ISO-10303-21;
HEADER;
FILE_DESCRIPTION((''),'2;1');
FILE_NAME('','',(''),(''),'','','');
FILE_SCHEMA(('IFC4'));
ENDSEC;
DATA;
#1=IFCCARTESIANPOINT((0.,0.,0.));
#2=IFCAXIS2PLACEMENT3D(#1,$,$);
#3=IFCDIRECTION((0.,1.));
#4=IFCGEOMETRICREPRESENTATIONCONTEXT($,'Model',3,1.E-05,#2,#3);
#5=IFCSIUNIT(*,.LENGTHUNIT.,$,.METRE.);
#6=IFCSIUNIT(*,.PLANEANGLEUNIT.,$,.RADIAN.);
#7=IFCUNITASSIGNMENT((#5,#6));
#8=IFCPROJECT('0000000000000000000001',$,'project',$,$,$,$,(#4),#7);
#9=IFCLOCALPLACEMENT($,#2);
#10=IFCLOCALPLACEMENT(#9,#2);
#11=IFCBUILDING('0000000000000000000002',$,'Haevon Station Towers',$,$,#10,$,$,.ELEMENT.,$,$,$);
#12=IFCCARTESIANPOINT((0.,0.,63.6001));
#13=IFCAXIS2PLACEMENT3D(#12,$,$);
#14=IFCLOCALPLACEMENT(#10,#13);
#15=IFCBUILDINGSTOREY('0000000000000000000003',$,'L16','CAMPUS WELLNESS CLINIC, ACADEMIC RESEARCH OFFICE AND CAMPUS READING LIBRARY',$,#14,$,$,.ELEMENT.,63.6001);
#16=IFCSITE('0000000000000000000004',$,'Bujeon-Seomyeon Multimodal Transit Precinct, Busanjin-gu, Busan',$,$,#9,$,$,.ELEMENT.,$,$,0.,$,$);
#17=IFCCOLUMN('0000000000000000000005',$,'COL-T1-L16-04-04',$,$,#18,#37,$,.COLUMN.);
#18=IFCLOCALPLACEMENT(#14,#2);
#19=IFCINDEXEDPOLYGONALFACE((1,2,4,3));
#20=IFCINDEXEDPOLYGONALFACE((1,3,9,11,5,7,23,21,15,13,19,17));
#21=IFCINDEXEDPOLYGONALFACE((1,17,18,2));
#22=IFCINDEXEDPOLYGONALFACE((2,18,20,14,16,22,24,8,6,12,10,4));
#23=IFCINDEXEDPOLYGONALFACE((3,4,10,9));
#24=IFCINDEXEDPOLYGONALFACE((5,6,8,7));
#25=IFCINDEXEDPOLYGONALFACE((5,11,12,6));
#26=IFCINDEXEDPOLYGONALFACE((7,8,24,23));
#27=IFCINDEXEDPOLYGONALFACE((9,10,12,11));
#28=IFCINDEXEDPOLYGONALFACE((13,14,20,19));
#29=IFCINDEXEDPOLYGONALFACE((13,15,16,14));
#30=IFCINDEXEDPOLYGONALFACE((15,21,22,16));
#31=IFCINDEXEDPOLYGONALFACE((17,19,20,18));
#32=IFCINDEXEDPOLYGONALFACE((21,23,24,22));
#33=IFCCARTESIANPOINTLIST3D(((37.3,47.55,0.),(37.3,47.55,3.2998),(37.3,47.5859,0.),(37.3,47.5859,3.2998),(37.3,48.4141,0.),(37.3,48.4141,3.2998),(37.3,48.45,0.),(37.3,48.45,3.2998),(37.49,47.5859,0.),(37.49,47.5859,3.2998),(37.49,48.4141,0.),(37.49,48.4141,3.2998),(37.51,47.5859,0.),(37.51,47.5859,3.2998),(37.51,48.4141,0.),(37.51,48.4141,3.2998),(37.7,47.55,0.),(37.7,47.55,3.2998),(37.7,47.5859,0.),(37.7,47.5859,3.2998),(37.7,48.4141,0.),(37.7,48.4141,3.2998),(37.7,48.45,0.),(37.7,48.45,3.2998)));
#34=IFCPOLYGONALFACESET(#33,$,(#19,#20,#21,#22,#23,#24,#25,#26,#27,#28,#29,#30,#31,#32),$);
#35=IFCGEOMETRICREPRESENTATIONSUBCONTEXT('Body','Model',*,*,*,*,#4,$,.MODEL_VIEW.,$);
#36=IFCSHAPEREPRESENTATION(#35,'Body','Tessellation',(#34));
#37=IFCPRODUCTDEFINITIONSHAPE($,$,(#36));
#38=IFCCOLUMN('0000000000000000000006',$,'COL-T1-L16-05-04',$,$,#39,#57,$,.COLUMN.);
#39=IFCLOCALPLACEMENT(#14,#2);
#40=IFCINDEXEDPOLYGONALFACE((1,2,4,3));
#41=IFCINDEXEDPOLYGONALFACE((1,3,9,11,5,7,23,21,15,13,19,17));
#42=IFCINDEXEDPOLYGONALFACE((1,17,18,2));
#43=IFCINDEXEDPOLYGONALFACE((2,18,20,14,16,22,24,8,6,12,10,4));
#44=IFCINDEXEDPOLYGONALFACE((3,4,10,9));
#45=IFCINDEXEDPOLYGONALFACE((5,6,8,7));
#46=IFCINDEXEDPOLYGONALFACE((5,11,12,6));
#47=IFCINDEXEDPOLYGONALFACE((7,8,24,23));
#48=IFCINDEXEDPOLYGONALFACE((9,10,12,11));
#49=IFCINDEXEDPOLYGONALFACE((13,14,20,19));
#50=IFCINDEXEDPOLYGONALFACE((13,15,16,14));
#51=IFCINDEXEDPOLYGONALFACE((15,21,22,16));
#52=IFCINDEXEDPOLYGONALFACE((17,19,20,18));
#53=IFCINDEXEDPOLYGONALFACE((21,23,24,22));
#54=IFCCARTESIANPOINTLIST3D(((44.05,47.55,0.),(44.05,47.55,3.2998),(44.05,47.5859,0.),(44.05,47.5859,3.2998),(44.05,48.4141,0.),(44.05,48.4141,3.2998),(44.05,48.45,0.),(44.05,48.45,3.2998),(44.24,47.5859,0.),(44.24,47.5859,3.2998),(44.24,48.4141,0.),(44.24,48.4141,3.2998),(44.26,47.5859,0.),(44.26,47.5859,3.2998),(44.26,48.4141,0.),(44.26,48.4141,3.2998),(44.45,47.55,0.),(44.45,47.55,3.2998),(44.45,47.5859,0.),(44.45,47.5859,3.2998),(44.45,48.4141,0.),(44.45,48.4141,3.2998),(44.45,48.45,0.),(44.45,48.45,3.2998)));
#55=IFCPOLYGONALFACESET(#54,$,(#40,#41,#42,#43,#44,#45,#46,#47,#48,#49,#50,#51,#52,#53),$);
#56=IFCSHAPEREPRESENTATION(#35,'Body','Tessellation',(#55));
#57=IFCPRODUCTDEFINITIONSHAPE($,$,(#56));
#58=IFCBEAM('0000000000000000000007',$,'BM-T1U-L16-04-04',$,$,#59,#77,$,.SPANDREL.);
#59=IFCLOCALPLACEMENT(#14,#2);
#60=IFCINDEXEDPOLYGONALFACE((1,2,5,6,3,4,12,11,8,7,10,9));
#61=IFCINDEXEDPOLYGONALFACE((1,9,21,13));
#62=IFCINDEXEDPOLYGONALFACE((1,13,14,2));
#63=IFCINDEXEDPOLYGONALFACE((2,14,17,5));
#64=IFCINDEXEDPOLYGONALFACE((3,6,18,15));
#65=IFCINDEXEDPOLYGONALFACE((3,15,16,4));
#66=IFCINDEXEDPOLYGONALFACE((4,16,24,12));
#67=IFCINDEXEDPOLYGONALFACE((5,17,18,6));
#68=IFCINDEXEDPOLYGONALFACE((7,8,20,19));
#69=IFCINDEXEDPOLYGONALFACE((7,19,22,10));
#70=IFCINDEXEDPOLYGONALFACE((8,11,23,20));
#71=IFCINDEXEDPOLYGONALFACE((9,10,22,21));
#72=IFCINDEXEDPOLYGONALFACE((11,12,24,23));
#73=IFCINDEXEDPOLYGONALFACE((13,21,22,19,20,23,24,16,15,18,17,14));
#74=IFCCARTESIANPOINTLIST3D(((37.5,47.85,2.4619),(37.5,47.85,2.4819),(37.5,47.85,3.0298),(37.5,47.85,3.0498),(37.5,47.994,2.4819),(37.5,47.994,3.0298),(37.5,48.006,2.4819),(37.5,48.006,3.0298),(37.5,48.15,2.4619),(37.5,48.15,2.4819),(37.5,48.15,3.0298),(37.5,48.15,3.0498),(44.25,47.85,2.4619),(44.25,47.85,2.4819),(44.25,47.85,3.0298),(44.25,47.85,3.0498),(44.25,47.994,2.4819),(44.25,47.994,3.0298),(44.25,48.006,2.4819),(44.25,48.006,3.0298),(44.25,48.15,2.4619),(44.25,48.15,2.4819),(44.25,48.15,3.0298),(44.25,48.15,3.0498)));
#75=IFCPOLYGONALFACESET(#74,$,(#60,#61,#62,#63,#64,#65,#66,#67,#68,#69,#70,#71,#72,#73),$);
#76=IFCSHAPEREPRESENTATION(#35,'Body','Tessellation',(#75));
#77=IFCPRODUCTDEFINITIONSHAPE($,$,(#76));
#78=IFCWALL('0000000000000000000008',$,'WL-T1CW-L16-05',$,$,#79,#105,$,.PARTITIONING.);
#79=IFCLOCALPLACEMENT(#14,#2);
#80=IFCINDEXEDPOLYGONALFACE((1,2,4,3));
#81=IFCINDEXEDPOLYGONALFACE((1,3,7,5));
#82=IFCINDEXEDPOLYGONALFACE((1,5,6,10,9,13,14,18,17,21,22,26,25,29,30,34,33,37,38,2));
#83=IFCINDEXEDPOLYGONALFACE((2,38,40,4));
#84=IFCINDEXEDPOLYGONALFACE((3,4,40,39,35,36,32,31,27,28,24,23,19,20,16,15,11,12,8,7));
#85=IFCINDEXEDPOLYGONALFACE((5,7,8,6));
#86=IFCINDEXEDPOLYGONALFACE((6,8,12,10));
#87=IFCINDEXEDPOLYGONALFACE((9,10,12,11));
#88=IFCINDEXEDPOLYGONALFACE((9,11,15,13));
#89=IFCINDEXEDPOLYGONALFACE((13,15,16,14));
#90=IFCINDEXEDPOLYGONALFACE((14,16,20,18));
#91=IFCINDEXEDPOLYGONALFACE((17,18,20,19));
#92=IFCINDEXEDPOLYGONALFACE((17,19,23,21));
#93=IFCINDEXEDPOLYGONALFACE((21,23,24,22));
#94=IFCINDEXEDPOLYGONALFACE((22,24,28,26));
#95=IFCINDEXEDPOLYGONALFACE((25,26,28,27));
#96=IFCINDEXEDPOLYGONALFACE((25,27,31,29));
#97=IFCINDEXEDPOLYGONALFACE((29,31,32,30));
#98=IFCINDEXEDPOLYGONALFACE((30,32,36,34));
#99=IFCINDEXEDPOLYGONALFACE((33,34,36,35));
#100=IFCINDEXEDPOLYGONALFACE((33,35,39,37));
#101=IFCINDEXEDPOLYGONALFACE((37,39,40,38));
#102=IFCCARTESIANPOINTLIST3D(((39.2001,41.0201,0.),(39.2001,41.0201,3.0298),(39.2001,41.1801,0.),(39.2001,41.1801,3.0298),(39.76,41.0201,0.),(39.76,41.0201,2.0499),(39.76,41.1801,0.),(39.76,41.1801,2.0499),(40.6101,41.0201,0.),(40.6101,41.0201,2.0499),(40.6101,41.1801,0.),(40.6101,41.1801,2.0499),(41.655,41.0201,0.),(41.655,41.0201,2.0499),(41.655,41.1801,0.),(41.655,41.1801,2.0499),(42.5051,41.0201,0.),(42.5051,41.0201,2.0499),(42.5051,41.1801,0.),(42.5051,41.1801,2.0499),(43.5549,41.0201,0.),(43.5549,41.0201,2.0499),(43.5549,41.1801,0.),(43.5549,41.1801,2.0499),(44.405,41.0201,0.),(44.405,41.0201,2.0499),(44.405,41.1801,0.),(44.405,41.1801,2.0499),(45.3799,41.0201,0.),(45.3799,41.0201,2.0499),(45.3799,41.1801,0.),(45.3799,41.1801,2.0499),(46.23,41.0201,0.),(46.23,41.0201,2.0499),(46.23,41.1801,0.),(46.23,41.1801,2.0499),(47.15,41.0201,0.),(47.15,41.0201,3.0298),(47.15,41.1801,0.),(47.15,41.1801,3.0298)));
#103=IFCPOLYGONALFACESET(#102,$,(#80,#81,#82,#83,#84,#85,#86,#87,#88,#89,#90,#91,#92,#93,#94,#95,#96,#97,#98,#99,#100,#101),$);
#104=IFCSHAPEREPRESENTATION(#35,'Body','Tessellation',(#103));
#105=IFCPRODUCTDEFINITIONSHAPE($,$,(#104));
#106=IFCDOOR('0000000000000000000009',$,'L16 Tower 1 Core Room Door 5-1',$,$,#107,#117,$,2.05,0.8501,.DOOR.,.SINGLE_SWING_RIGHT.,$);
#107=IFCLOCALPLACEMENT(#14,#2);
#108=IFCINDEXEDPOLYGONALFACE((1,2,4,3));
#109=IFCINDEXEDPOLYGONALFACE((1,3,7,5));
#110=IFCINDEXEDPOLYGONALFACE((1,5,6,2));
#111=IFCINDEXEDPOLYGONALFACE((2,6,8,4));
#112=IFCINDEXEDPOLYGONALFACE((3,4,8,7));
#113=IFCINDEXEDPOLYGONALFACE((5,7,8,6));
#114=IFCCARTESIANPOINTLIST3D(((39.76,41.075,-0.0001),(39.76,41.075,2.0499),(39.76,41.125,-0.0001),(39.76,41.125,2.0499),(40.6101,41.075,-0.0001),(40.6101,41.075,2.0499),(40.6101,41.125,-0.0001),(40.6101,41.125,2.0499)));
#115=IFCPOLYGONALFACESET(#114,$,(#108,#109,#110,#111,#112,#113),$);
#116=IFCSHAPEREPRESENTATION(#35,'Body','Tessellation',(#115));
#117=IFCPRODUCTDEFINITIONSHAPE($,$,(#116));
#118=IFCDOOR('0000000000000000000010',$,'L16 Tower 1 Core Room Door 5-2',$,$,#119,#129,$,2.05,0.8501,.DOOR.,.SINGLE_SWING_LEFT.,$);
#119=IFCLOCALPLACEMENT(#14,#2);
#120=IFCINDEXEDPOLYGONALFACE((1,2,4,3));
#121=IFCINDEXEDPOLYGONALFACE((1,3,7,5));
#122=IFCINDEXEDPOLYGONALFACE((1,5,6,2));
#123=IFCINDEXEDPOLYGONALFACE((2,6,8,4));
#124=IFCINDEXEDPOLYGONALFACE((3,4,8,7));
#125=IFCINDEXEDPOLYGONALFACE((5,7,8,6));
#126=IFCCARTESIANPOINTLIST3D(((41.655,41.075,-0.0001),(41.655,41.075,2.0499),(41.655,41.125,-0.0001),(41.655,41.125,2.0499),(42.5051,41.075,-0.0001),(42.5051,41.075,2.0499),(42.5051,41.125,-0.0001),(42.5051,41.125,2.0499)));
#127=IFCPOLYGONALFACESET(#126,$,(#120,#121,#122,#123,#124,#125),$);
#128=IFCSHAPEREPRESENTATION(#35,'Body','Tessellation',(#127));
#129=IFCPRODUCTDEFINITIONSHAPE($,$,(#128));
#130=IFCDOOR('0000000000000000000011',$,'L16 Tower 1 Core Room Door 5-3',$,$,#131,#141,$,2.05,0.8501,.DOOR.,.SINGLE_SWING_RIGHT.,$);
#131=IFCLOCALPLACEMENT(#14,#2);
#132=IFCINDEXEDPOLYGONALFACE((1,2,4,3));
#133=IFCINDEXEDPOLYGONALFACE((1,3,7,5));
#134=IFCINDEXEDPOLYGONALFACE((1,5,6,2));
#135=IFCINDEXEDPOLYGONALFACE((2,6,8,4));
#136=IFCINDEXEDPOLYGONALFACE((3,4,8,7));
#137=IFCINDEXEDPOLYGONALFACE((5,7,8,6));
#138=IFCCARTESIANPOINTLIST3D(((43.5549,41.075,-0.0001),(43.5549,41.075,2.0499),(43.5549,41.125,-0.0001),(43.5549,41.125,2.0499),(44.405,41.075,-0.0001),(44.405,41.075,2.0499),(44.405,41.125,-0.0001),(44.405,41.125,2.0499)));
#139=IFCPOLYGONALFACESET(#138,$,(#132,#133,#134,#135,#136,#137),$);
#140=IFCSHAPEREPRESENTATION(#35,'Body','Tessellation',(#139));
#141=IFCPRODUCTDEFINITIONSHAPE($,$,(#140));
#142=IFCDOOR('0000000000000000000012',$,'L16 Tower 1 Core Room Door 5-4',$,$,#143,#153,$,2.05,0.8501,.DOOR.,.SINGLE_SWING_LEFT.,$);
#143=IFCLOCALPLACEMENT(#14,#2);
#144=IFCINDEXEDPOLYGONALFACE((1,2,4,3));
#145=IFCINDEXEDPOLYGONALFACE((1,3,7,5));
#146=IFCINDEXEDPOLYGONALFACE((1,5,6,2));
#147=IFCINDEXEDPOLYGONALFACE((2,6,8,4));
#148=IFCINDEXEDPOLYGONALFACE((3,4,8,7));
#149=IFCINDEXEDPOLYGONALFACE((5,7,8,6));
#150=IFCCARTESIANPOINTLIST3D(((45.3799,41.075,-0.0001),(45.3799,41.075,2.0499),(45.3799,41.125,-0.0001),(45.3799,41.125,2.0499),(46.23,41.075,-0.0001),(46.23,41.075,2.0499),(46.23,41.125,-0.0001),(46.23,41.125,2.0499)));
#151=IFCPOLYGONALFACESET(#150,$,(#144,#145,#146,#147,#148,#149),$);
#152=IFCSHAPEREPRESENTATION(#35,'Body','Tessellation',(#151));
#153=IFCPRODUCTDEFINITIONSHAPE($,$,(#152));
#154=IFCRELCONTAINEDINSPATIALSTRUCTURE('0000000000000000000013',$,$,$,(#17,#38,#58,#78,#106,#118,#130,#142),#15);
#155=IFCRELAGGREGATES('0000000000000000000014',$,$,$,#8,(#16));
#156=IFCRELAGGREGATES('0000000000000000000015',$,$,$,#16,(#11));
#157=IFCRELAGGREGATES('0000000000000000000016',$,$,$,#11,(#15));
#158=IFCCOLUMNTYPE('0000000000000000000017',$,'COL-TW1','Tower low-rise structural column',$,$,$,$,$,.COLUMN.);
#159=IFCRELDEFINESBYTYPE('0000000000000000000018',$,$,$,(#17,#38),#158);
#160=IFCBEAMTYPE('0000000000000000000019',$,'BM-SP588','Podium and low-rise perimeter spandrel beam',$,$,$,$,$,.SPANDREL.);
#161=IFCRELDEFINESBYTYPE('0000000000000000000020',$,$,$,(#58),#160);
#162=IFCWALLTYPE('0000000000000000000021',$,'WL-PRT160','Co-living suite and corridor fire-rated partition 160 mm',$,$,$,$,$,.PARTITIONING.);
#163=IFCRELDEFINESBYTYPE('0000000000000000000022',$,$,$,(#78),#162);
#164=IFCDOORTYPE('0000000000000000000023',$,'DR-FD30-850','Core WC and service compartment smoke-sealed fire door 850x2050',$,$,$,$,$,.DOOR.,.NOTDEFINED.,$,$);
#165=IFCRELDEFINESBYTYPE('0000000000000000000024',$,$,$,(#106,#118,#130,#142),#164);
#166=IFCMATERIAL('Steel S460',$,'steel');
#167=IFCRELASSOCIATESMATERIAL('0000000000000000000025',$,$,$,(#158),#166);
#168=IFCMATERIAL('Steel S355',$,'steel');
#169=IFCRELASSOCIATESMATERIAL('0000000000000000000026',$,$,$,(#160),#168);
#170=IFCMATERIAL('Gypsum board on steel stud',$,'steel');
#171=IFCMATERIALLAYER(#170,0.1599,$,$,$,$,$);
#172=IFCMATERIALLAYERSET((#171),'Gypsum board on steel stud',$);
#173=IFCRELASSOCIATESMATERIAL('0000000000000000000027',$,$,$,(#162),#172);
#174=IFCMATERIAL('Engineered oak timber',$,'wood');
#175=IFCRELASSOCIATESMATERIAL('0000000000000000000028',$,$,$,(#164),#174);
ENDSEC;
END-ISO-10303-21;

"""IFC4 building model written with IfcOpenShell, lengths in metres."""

from ifc_helpers import new_model, si_unit, direction, frame, frame_2d, origin, origin_2d, place, context, subcontext, project, spatial, rectangle, i_section, extrude, material, layer, layer_set, material_profile, profile_set, type_object, element, fill, save


model = new_model("IFC4")

# Units and contexts
model_context = context("Model", 3, precision=1e-05, world=origin(), true_north=direction((0.0, 1.0)))
body_context = subcontext(model_context, "Body", "Model", "MODEL_VIEW")
ifc_project = project(units=[si_unit("LENGTHUNIT", "METRE"), si_unit("PLANEANGLEUNIT", "RADIAN")], contexts=[model_context])

# Site, building, storey
site_placement = place(None, origin())
site = spatial("IfcSite", under=ifc_project, at=site_placement, Name="Bujeon-Seomyeon Multimodal Transit Precinct, Busanjin-gu, Busan", CompositionType="ELEMENT", RefElevation=0.0)
building_placement = place(site_placement, origin())
building = spatial("IfcBuilding", under=site, at=building_placement, Name="Haevon Station Towers", CompositionType="ELEMENT")
storey_placement = place(building_placement, frame((0.0, 0.0, 63.6001)))
storey = spatial("IfcBuildingStorey", under=building, at=storey_placement, Name="L16", Description="CAMPUS WELLNESS CLINIC, ACADEMIC RESEARCH OFFICE AND CAMPUS READING LIBRARY", CompositionType="ELEMENT", Elevation=63.6001)

# Columns
ifc_material_1 = material(Name="Steel S460", Category="steel")
ifc_material_profile_1 = material_profile(ifc_material_1, i_section(OverallWidth=0.3999, OverallDepth=0.8999, WebThickness=0.02, FlangeThickness=0.0359, at=origin_2d()), Name="H-900x400x20x36")
ifc_profile_set_1 = profile_set([ifc_material_profile_1], Name="Steel S460")
column_type = type_object("IfcColumnType", Name="COL-TW1", Description="Tower low-rise structural column", PredefinedType="COLUMN", material=ifc_profile_set_1)
for number, where, z_axis, x_axis, name in (
    (1, (37.5, 48.0, 0.0), (0.0, 0.0, 1.0), (1.0, 0.0, 0.0), "COL-T1-L16-04-04"),
    (2, (44.25, 48.0, 0.0), (0.0, 0.0, 1.0), (1.0, 0.0, 0.0), "COL-T1-L16-05-04"),
):
    element("IfcColumn", number, at=place(storey_placement, frame(where, z_axis=z_axis, x_axis=x_axis)), inside=storey, type_object=column_type, Name=name, PredefinedType="COLUMN", context=body_context, shape_type="SweptSolid", body=[
        extrude(i_section(OverallWidth=0.3999, OverallDepth=0.8999, WebThickness=0.02, FlangeThickness=0.0359, at=origin_2d()), origin(), (0.0, 0.0, 1.0), 3.2998),
    ])

# Beam
ifc_material_2 = material(Name="Steel S355", Category="steel")
ifc_material_profile_2 = material_profile(ifc_material_2, i_section(OverallWidth=0.3, OverallDepth=0.5879, WebThickness=0.012, FlangeThickness=0.02, at=origin_2d()), Name="H-588x300x12x20")
ifc_profile_set_2 = profile_set([ifc_material_profile_2], Name="Steel S355")
beam_type = type_object("IfcBeamType", Name="BM-SP588", Description="Podium and low-rise perimeter spandrel beam", PredefinedType="SPANDREL", material=ifc_profile_set_2)
beam_placement = place(storey_placement, frame((37.5, 48.0, 2.7559), z_axis=(1.0, 0.0, 0.0), x_axis=(0.0, 1.0, 0.0)))
element("IfcBeam", 3, at=beam_placement, inside=storey, type_object=beam_type, Name="BM-T1U-L16-04-04", PredefinedType="SPANDREL", context=body_context, shape_type="SweptSolid", body=[
    extrude(i_section(OverallWidth=0.3, OverallDepth=0.5879, WebThickness=0.012, FlangeThickness=0.02, at=origin_2d()), origin(), (0.0, 0.0, 1.0), 6.75),
])

# Wall, openings, doors
ifc_material_3 = material(Name="Gypsum board on steel stud", Category="steel")
ifc_layer_1 = layer(ifc_material_3, 0.1599)
ifc_layer_set_1 = layer_set([ifc_layer_1], Name="Gypsum board on steel stud")
wall_type_1 = type_object("IfcWallType", Name="WL-PRT160", Description="Co-living suite and corridor fire-rated partition 160 mm", PredefinedType="PARTITIONING", material=ifc_layer_set_1)
wall_1_placement = place(storey_placement, frame((39.2, 41.1001, 0.0), z_axis=(0.0, 0.0, 1.0), x_axis=(1.0, 0.0, 0.0)))
wall_1 = element("IfcWall", 4, at=wall_1_placement, inside=storey, type_object=wall_type_1, Name="WL-T1CW-L16-05", PredefinedType="PARTITIONING", context=body_context, shape_type="SweptSolid", body=[
    extrude(rectangle(XDim=7.95, YDim=0.1599, at=frame_2d((3.9751, 0.0))), origin(), (0.0, 0.0, 1.0), 3.0298),
])
opening_1_placement = place(wall_1_placement, frame((0.5601, 0.0, 0.0)))
opening_1 = element("IfcOpeningElement", 5, at=opening_1_placement, cuts=wall_1, PredefinedType="OPENING", context=body_context, shape_type="SweptSolid", body=[
    extrude(rectangle(XDim=0.8501, YDim=2.05, at=frame_2d((0.425, 1.0249))), frame((0.0, 0.0898, 0.0), z_axis=(0.0, -1.0, 0.0), x_axis=(1.0, 0.0, 0.0)), (0.0, 0.0, 1.0), 0.1799),
])
opening_2_placement = place(wall_1_placement, frame((2.4551, 0.0, 0.0)))
opening_2 = element("IfcOpeningElement", 6, at=opening_2_placement, cuts=wall_1, PredefinedType="OPENING", context=body_context, shape_type="SweptSolid", body=[
    extrude(rectangle(XDim=0.8501, YDim=2.05, at=frame_2d((0.425, 1.0249))), frame((0.0, 0.0898, 0.0), z_axis=(0.0, -1.0, 0.0), x_axis=(1.0, 0.0, 0.0)), (0.0, 0.0, 1.0), 0.1799),
])
opening_3_placement = place(wall_1_placement, frame((4.355, 0.0, 0.0)))
opening_3 = element("IfcOpeningElement", 7, at=opening_3_placement, cuts=wall_1, PredefinedType="OPENING", context=body_context, shape_type="SweptSolid", body=[
    extrude(rectangle(XDim=0.8501, YDim=2.05, at=frame_2d((0.425, 1.0249))), frame((0.0, 0.0898, 0.0), z_axis=(0.0, -1.0, 0.0), x_axis=(1.0, 0.0, 0.0)), (0.0, 0.0, 1.0), 0.1799),
])
opening_4_placement = place(wall_1_placement, frame((6.1799, 0.0, 0.0)))
opening_4 = element("IfcOpeningElement", 8, at=opening_4_placement, cuts=wall_1, PredefinedType="OPENING", context=body_context, shape_type="SweptSolid", body=[
    extrude(rectangle(XDim=0.8501, YDim=2.05, at=frame_2d((0.425, 1.0249))), frame((0.0, 0.0898, 0.0), z_axis=(0.0, -1.0, 0.0), x_axis=(1.0, 0.0, 0.0)), (0.0, 0.0, 1.0), 0.1799),
])
ifc_material_4 = material(Name="Engineered oak timber", Category="wood")
door_type_1 = type_object("IfcDoorType", Name="DR-FD30-850", Description="Core WC and service compartment smoke-sealed fire door 850x2050", OperationType="NOTDEFINED", PredefinedType="DOOR", material=ifc_material_4)
door_1_placement = place(opening_1_placement, origin())
door_1 = element("IfcDoor", 9, at=door_1_placement, inside=storey, type_object=door_type_1, Name="L16 Tower 1 Core Room Door 5-1", OperationType="SINGLE_SWING_RIGHT", OverallHeight=2.05, OverallWidth=0.8501, PredefinedType="DOOR", context=body_context, shape_type="SweptSolid", body=[
    extrude(rectangle(XDim=0.8501, YDim=2.05, at=frame_2d((0.425, 1.0249))), frame((0.0, 0.0249, 0.0), z_axis=(0.0, -1.0, 0.0), x_axis=(1.0, 0.0, 0.0)), (0.0, 0.0, 1.0), 0.05),
])
fill(opening_1, door_1)
door_2_placement = place(opening_2_placement, origin())
door_2 = element("IfcDoor", 10, at=door_2_placement, inside=storey, type_object=door_type_1, Name="L16 Tower 1 Core Room Door 5-2", OperationType="SINGLE_SWING_LEFT", OverallHeight=2.05, OverallWidth=0.8501, PredefinedType="DOOR", context=body_context, shape_type="SweptSolid", body=[
    extrude(rectangle(XDim=0.8501, YDim=2.05, at=frame_2d((0.425, 1.0249))), frame((0.0, 0.0249, 0.0), z_axis=(0.0, -1.0, 0.0), x_axis=(1.0, 0.0, 0.0)), (0.0, 0.0, 1.0), 0.05),
])
fill(opening_2, door_2)
door_3_placement = place(opening_3_placement, origin())
door_3 = element("IfcDoor", 11, at=door_3_placement, inside=storey, type_object=door_type_1, Name="L16 Tower 1 Core Room Door 5-3", OperationType="SINGLE_SWING_RIGHT", OverallHeight=2.05, OverallWidth=0.8501, PredefinedType="DOOR", context=body_context, shape_type="SweptSolid", body=[
    extrude(rectangle(XDim=0.8501, YDim=2.05, at=frame_2d((0.425, 1.0249))), frame((0.0, 0.0249, 0.0), z_axis=(0.0, -1.0, 0.0), x_axis=(1.0, 0.0, 0.0)), (0.0, 0.0, 1.0), 0.05),
])
fill(opening_3, door_3)
door_4_placement = place(opening_4_placement, origin())
door_4 = element("IfcDoor", 12, at=door_4_placement, inside=storey, type_object=door_type_1, Name="L16 Tower 1 Core Room Door 5-4", OperationType="SINGLE_SWING_LEFT", OverallHeight=2.05, OverallWidth=0.8501, PredefinedType="DOOR", context=body_context, shape_type="SweptSolid", body=[
    extrude(rectangle(XDim=0.8501, YDim=2.05, at=frame_2d((0.425, 1.0249))), frame((0.0, 0.0249, 0.0), z_axis=(0.0, -1.0, 0.0), x_axis=(1.0, 0.0, 0.0)), (0.0, 0.0, 1.0), 0.05),
])
fill(opening_4, door_4)

save(model, "model.ifc")
